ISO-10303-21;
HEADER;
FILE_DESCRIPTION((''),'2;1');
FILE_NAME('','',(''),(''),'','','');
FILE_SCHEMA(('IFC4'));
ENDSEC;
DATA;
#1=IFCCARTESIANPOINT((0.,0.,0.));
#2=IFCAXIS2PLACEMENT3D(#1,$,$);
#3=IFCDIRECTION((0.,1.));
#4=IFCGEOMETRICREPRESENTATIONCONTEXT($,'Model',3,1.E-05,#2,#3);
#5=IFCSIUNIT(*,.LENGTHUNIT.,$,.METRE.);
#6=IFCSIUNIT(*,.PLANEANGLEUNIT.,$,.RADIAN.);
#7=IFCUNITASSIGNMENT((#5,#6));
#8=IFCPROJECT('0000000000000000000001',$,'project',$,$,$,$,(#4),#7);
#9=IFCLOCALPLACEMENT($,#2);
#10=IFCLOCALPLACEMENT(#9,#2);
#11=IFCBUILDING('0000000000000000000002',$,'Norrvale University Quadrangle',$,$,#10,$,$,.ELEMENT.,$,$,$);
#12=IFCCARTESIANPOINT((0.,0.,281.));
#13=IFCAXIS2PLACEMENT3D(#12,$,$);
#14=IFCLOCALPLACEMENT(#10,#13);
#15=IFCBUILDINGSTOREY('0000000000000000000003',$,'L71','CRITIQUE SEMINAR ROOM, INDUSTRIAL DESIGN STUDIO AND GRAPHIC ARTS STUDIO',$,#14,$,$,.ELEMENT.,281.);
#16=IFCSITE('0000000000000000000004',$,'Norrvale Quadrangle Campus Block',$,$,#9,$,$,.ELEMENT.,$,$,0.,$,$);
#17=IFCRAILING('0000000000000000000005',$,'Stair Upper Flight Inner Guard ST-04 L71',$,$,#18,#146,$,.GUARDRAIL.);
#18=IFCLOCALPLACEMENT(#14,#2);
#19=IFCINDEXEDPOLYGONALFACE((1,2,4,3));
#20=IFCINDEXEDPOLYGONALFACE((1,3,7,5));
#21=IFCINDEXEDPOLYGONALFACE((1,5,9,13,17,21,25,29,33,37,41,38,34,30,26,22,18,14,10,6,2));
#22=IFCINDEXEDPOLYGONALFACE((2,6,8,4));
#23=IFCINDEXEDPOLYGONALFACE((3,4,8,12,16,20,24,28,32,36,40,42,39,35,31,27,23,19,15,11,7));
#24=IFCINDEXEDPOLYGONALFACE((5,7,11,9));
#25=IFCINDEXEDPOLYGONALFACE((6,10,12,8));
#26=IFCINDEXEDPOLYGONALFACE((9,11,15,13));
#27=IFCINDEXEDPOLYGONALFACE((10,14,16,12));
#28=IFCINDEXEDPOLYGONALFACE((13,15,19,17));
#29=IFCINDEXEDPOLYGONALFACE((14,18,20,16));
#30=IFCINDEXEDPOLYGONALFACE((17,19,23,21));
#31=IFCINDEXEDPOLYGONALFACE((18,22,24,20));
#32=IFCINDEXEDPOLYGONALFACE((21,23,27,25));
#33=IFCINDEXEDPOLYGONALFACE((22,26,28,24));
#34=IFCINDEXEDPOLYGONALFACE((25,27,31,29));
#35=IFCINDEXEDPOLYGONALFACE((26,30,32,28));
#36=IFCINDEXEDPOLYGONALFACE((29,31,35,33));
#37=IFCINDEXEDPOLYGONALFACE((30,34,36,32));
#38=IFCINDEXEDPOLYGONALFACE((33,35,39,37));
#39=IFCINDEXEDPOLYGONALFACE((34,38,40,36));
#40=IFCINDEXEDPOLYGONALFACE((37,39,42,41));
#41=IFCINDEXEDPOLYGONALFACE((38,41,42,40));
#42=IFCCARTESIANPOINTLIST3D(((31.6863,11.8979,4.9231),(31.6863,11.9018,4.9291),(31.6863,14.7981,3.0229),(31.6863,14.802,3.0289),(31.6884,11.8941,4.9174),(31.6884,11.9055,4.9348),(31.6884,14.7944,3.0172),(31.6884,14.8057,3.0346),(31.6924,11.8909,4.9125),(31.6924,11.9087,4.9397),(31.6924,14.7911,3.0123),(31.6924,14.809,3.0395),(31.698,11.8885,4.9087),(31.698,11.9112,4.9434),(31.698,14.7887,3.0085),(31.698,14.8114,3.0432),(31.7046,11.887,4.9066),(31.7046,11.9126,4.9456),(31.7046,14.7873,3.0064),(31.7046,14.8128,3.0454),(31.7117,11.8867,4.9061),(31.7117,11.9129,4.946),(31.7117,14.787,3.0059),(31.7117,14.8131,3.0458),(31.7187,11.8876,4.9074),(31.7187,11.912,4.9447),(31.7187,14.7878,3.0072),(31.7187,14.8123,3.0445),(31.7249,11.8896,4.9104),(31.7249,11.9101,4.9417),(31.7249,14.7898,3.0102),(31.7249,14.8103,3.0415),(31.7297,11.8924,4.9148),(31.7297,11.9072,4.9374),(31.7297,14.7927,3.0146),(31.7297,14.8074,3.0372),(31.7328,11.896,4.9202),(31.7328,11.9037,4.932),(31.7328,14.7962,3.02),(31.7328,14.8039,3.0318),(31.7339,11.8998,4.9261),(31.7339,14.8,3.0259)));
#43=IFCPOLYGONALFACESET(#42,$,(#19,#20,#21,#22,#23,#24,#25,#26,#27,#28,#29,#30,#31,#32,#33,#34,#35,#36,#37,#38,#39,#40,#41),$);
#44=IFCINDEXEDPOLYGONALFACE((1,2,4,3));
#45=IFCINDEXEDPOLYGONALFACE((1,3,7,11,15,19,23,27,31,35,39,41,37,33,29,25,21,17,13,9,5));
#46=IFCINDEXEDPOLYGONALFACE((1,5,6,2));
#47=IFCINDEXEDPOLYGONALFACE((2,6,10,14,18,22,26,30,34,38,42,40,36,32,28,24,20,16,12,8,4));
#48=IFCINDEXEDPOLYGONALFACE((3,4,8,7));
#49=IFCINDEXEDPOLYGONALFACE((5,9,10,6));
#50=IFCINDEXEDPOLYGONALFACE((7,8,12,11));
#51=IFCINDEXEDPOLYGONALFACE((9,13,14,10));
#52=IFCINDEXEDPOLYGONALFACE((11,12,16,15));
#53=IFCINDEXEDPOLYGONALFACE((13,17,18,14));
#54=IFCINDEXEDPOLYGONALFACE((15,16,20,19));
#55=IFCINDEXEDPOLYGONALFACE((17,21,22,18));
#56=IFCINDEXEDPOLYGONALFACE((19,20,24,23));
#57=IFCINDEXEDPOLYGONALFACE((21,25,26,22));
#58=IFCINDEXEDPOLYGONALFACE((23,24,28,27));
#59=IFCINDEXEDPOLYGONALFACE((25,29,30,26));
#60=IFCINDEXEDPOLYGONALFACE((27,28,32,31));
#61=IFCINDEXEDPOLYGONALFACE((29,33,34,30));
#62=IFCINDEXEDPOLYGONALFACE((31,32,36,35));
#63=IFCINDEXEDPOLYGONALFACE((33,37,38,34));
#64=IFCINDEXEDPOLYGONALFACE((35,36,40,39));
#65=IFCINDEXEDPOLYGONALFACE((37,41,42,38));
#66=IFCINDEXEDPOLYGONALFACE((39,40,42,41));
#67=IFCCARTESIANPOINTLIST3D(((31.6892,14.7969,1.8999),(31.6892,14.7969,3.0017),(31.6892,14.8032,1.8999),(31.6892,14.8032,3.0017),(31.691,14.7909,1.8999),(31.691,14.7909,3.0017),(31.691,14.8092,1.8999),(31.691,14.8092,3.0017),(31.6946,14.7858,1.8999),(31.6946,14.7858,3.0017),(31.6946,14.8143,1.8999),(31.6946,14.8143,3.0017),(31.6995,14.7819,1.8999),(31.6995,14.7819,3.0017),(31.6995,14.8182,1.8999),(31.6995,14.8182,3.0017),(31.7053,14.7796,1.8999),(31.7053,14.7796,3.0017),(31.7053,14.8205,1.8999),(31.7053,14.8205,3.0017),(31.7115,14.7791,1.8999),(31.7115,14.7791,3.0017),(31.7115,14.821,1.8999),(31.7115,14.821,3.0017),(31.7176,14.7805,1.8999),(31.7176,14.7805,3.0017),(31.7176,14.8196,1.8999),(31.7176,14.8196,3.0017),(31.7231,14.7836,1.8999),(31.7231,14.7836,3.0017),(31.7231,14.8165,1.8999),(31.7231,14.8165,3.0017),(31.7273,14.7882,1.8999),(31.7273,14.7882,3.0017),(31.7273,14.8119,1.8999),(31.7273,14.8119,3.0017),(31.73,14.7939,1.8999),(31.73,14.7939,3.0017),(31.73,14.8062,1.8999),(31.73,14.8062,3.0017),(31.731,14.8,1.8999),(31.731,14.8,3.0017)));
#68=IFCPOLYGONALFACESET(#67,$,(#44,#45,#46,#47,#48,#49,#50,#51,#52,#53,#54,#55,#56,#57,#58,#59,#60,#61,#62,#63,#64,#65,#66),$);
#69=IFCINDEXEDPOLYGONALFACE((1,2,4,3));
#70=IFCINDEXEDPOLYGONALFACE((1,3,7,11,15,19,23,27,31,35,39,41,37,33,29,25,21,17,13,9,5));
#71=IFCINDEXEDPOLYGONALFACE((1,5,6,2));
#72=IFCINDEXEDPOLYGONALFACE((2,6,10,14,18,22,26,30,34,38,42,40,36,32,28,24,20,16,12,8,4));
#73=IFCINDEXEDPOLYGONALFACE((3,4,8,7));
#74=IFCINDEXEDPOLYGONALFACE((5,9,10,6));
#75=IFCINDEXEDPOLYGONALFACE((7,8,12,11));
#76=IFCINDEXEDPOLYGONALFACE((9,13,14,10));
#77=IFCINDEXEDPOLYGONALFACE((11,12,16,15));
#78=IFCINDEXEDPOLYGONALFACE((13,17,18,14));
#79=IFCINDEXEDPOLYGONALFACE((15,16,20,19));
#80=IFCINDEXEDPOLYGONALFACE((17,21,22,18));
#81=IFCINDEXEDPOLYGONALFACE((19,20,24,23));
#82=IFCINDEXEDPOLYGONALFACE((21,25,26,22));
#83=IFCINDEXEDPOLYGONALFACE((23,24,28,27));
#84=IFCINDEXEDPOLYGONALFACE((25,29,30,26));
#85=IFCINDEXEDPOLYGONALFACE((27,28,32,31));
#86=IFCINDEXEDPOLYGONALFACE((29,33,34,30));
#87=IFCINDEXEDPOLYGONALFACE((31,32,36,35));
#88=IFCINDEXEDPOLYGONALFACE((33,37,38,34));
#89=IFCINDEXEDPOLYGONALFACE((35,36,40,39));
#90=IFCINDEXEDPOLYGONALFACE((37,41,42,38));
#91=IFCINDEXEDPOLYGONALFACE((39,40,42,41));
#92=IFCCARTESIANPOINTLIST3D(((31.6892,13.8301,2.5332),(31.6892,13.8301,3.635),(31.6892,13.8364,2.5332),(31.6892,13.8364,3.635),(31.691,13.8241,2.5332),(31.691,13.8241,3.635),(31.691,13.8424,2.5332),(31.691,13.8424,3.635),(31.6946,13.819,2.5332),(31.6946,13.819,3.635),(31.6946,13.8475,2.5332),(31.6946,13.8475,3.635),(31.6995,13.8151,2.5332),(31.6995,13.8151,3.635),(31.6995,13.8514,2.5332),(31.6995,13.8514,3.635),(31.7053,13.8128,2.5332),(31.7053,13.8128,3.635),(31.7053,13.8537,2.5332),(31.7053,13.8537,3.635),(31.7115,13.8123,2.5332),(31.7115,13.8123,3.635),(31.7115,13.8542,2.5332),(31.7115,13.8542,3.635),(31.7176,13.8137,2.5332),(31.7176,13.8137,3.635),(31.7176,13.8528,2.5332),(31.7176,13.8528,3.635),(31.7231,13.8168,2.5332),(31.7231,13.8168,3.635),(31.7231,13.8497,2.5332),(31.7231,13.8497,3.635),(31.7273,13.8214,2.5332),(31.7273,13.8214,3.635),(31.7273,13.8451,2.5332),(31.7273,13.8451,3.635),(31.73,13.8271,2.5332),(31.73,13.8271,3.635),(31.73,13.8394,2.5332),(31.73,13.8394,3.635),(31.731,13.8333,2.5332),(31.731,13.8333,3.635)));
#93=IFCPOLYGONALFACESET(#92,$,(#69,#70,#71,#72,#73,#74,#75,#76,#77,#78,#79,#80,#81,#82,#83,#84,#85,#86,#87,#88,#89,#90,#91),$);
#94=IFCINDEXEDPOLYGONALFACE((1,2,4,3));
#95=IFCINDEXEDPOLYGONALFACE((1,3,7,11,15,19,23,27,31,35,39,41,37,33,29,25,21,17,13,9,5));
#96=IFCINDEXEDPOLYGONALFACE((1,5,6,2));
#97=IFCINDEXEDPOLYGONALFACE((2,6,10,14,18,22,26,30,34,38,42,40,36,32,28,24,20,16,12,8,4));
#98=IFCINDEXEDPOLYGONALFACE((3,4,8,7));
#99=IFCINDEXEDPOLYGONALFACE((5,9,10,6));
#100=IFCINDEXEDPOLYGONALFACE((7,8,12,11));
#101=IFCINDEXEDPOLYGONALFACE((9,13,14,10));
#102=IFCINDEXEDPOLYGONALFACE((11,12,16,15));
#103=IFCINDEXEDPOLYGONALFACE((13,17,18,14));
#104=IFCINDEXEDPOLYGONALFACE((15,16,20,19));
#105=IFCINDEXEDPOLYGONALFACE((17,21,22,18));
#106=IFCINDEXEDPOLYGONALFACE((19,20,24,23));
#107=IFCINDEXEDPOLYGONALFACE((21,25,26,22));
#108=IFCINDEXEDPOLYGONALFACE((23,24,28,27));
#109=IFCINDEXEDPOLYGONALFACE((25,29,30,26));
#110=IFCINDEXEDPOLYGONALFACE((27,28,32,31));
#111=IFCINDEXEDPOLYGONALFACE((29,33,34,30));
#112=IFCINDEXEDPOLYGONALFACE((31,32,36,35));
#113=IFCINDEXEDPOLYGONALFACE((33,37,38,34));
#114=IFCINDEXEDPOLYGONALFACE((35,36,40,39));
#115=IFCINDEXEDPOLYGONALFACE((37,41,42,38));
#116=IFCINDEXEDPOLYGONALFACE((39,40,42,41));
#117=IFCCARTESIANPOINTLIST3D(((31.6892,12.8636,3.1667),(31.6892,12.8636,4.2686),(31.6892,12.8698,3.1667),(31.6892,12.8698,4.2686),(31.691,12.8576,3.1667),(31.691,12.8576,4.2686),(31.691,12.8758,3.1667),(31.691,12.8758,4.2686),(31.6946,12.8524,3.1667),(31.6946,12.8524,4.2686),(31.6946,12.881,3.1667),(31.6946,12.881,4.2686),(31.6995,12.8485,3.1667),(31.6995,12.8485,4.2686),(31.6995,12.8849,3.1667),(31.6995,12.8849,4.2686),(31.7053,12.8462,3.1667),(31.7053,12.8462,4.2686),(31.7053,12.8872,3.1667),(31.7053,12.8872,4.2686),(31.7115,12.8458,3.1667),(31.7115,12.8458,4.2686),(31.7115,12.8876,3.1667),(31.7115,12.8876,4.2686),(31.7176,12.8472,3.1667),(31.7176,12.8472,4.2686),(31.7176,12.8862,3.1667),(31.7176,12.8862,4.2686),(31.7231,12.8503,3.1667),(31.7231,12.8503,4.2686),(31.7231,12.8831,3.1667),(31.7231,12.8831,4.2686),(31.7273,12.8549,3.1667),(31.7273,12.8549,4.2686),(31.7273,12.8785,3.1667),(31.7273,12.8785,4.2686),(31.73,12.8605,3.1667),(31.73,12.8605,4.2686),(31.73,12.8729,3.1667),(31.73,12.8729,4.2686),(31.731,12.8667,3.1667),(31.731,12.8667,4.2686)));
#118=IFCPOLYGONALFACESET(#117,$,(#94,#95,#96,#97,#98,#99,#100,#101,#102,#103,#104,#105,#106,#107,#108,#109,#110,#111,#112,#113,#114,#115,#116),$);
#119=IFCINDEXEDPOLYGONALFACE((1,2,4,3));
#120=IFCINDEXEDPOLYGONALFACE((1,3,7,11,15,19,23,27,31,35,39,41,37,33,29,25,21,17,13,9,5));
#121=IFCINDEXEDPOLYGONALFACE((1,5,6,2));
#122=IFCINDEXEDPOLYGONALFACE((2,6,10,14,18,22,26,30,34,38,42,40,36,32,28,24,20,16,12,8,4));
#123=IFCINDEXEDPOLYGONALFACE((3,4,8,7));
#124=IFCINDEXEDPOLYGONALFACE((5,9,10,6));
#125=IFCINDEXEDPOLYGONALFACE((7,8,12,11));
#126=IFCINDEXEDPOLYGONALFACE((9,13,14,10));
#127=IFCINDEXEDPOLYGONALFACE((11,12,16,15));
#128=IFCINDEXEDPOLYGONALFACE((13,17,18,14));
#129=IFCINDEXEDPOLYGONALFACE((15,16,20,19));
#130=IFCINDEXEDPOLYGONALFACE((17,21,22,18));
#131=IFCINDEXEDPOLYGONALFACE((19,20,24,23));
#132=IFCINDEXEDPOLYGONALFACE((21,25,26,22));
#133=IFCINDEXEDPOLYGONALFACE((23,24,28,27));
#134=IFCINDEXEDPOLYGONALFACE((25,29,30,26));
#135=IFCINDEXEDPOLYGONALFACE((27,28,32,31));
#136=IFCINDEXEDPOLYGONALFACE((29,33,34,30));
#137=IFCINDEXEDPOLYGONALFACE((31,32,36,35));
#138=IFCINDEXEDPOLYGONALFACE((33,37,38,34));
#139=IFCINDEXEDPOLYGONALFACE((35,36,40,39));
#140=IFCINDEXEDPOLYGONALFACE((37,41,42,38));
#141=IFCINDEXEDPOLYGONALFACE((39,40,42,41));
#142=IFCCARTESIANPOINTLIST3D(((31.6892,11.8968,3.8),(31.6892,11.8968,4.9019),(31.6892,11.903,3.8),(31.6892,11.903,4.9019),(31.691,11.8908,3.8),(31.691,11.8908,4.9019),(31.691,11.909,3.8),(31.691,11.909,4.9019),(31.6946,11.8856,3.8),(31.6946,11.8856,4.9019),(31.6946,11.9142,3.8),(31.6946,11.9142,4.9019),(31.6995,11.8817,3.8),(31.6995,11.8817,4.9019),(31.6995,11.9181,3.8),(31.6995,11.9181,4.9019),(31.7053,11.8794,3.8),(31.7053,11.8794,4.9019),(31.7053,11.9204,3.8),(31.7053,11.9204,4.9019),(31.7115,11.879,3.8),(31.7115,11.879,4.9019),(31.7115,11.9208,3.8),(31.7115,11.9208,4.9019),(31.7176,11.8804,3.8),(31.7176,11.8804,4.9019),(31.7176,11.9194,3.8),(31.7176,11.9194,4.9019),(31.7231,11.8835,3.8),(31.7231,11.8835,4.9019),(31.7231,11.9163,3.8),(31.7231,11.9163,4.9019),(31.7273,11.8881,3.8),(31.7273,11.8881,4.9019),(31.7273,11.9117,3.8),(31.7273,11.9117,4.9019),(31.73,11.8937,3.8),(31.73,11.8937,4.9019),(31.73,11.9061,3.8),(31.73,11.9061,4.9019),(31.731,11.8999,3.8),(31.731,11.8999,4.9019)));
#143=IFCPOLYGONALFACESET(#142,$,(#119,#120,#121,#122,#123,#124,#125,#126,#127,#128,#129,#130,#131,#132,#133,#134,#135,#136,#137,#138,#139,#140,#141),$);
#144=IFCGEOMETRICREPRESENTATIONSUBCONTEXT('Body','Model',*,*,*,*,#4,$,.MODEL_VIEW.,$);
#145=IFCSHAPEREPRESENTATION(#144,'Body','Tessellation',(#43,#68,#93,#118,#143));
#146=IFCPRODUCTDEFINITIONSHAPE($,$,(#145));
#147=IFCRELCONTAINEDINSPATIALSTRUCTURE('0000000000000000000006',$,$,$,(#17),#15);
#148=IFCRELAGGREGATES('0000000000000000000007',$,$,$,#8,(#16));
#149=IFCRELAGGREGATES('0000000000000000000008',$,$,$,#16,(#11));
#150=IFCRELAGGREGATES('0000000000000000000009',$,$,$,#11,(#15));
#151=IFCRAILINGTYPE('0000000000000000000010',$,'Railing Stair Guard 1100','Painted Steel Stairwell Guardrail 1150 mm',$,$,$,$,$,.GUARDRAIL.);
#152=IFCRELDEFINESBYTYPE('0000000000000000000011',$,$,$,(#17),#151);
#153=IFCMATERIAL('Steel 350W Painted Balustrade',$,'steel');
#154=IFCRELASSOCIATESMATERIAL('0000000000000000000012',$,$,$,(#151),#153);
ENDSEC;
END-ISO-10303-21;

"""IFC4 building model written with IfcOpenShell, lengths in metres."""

from ifc_helpers import new_model, si_unit, direction, frame, origin, origin_2d, place, context, subcontext, project, spatial, circle, extrude, material, type_object, element, save


model = new_model("IFC4")

# Units and contexts
model_context = context("Model", 3, precision=1e-05, world=origin(), true_north=direction((0.0, 1.0)))
body_context = subcontext(model_context, "Body", "Model", "MODEL_VIEW")
ifc_project = project(units=[si_unit("LENGTHUNIT", "METRE"), si_unit("PLANEANGLEUNIT", "RADIAN")], contexts=[model_context])

# Site, building, storey
site_placement = place(None, origin())
site = spatial("IfcSite", under=ifc_project, at=site_placement, Name="Norrvale Quadrangle Campus Block", CompositionType="ELEMENT", RefElevation=0.0)
building_placement = place(site_placement, origin())
building = spatial("IfcBuilding", under=site, at=building_placement, Name="Norrvale University Quadrangle", CompositionType="ELEMENT")
storey_placement = place(building_placement, frame((0.0, 0.0, 281.0)))
storey = spatial("IfcBuildingStorey", under=building, at=storey_placement, Name="L71", Description="CRITIQUE SEMINAR ROOM, INDUSTRIAL DESIGN STUDIO AND GRAPHIC ARTS STUDIO", CompositionType="ELEMENT", Elevation=281.0)

# Railing
ifc_material_1 = material(Name="Steel 350W Painted Balustrade", Category="steel")
railing_type_1 = type_object("IfcRailingType", Name="Railing Stair Guard 1100", Description="Painted Steel Stairwell Guardrail 1150 mm", PredefinedType="GUARDRAIL", material=ifc_material_1)
railing_1_placement = place(storey_placement, frame((31.71, 14.8, 1.8999)))
element("IfcRailing", 1, at=railing_1_placement, inside=storey, type_object=railing_type_1, Name="Stair Upper Flight Inner Guard ST-04 L71", PredefinedType="GUARDRAIL", context=body_context, shape_type="SweptSolid", body=[
    extrude(circle(Radius=0.0239, at=origin_2d()), frame((0.0, 0.0, 1.126), z_axis=(0.0, -0.836454, 0.548036), x_axis=(1.0, 0.0, 0.0)), (0.0, 0.0, 1.0), 3.4673),
    extrude(circle(Radius=0.021, at=origin_2d()), origin(), (0.0, 0.0, 1.0), 1.1018),
    extrude(circle(Radius=0.021, at=origin_2d()), frame((0.0, -0.9668, 0.6333)), (0.0, 0.0, 1.0), 1.1018),
    extrude(circle(Radius=0.021, at=origin_2d()), frame((0.0, -1.9333, 1.2668)), (0.0, 0.0, 1.0), 1.1018),
    extrude(circle(Radius=0.021, at=origin_2d()), frame((0.0, -2.9001, 1.9001)), (0.0, 0.0, 1.0), 1.1018),
])

save(model, "model.ifc")
